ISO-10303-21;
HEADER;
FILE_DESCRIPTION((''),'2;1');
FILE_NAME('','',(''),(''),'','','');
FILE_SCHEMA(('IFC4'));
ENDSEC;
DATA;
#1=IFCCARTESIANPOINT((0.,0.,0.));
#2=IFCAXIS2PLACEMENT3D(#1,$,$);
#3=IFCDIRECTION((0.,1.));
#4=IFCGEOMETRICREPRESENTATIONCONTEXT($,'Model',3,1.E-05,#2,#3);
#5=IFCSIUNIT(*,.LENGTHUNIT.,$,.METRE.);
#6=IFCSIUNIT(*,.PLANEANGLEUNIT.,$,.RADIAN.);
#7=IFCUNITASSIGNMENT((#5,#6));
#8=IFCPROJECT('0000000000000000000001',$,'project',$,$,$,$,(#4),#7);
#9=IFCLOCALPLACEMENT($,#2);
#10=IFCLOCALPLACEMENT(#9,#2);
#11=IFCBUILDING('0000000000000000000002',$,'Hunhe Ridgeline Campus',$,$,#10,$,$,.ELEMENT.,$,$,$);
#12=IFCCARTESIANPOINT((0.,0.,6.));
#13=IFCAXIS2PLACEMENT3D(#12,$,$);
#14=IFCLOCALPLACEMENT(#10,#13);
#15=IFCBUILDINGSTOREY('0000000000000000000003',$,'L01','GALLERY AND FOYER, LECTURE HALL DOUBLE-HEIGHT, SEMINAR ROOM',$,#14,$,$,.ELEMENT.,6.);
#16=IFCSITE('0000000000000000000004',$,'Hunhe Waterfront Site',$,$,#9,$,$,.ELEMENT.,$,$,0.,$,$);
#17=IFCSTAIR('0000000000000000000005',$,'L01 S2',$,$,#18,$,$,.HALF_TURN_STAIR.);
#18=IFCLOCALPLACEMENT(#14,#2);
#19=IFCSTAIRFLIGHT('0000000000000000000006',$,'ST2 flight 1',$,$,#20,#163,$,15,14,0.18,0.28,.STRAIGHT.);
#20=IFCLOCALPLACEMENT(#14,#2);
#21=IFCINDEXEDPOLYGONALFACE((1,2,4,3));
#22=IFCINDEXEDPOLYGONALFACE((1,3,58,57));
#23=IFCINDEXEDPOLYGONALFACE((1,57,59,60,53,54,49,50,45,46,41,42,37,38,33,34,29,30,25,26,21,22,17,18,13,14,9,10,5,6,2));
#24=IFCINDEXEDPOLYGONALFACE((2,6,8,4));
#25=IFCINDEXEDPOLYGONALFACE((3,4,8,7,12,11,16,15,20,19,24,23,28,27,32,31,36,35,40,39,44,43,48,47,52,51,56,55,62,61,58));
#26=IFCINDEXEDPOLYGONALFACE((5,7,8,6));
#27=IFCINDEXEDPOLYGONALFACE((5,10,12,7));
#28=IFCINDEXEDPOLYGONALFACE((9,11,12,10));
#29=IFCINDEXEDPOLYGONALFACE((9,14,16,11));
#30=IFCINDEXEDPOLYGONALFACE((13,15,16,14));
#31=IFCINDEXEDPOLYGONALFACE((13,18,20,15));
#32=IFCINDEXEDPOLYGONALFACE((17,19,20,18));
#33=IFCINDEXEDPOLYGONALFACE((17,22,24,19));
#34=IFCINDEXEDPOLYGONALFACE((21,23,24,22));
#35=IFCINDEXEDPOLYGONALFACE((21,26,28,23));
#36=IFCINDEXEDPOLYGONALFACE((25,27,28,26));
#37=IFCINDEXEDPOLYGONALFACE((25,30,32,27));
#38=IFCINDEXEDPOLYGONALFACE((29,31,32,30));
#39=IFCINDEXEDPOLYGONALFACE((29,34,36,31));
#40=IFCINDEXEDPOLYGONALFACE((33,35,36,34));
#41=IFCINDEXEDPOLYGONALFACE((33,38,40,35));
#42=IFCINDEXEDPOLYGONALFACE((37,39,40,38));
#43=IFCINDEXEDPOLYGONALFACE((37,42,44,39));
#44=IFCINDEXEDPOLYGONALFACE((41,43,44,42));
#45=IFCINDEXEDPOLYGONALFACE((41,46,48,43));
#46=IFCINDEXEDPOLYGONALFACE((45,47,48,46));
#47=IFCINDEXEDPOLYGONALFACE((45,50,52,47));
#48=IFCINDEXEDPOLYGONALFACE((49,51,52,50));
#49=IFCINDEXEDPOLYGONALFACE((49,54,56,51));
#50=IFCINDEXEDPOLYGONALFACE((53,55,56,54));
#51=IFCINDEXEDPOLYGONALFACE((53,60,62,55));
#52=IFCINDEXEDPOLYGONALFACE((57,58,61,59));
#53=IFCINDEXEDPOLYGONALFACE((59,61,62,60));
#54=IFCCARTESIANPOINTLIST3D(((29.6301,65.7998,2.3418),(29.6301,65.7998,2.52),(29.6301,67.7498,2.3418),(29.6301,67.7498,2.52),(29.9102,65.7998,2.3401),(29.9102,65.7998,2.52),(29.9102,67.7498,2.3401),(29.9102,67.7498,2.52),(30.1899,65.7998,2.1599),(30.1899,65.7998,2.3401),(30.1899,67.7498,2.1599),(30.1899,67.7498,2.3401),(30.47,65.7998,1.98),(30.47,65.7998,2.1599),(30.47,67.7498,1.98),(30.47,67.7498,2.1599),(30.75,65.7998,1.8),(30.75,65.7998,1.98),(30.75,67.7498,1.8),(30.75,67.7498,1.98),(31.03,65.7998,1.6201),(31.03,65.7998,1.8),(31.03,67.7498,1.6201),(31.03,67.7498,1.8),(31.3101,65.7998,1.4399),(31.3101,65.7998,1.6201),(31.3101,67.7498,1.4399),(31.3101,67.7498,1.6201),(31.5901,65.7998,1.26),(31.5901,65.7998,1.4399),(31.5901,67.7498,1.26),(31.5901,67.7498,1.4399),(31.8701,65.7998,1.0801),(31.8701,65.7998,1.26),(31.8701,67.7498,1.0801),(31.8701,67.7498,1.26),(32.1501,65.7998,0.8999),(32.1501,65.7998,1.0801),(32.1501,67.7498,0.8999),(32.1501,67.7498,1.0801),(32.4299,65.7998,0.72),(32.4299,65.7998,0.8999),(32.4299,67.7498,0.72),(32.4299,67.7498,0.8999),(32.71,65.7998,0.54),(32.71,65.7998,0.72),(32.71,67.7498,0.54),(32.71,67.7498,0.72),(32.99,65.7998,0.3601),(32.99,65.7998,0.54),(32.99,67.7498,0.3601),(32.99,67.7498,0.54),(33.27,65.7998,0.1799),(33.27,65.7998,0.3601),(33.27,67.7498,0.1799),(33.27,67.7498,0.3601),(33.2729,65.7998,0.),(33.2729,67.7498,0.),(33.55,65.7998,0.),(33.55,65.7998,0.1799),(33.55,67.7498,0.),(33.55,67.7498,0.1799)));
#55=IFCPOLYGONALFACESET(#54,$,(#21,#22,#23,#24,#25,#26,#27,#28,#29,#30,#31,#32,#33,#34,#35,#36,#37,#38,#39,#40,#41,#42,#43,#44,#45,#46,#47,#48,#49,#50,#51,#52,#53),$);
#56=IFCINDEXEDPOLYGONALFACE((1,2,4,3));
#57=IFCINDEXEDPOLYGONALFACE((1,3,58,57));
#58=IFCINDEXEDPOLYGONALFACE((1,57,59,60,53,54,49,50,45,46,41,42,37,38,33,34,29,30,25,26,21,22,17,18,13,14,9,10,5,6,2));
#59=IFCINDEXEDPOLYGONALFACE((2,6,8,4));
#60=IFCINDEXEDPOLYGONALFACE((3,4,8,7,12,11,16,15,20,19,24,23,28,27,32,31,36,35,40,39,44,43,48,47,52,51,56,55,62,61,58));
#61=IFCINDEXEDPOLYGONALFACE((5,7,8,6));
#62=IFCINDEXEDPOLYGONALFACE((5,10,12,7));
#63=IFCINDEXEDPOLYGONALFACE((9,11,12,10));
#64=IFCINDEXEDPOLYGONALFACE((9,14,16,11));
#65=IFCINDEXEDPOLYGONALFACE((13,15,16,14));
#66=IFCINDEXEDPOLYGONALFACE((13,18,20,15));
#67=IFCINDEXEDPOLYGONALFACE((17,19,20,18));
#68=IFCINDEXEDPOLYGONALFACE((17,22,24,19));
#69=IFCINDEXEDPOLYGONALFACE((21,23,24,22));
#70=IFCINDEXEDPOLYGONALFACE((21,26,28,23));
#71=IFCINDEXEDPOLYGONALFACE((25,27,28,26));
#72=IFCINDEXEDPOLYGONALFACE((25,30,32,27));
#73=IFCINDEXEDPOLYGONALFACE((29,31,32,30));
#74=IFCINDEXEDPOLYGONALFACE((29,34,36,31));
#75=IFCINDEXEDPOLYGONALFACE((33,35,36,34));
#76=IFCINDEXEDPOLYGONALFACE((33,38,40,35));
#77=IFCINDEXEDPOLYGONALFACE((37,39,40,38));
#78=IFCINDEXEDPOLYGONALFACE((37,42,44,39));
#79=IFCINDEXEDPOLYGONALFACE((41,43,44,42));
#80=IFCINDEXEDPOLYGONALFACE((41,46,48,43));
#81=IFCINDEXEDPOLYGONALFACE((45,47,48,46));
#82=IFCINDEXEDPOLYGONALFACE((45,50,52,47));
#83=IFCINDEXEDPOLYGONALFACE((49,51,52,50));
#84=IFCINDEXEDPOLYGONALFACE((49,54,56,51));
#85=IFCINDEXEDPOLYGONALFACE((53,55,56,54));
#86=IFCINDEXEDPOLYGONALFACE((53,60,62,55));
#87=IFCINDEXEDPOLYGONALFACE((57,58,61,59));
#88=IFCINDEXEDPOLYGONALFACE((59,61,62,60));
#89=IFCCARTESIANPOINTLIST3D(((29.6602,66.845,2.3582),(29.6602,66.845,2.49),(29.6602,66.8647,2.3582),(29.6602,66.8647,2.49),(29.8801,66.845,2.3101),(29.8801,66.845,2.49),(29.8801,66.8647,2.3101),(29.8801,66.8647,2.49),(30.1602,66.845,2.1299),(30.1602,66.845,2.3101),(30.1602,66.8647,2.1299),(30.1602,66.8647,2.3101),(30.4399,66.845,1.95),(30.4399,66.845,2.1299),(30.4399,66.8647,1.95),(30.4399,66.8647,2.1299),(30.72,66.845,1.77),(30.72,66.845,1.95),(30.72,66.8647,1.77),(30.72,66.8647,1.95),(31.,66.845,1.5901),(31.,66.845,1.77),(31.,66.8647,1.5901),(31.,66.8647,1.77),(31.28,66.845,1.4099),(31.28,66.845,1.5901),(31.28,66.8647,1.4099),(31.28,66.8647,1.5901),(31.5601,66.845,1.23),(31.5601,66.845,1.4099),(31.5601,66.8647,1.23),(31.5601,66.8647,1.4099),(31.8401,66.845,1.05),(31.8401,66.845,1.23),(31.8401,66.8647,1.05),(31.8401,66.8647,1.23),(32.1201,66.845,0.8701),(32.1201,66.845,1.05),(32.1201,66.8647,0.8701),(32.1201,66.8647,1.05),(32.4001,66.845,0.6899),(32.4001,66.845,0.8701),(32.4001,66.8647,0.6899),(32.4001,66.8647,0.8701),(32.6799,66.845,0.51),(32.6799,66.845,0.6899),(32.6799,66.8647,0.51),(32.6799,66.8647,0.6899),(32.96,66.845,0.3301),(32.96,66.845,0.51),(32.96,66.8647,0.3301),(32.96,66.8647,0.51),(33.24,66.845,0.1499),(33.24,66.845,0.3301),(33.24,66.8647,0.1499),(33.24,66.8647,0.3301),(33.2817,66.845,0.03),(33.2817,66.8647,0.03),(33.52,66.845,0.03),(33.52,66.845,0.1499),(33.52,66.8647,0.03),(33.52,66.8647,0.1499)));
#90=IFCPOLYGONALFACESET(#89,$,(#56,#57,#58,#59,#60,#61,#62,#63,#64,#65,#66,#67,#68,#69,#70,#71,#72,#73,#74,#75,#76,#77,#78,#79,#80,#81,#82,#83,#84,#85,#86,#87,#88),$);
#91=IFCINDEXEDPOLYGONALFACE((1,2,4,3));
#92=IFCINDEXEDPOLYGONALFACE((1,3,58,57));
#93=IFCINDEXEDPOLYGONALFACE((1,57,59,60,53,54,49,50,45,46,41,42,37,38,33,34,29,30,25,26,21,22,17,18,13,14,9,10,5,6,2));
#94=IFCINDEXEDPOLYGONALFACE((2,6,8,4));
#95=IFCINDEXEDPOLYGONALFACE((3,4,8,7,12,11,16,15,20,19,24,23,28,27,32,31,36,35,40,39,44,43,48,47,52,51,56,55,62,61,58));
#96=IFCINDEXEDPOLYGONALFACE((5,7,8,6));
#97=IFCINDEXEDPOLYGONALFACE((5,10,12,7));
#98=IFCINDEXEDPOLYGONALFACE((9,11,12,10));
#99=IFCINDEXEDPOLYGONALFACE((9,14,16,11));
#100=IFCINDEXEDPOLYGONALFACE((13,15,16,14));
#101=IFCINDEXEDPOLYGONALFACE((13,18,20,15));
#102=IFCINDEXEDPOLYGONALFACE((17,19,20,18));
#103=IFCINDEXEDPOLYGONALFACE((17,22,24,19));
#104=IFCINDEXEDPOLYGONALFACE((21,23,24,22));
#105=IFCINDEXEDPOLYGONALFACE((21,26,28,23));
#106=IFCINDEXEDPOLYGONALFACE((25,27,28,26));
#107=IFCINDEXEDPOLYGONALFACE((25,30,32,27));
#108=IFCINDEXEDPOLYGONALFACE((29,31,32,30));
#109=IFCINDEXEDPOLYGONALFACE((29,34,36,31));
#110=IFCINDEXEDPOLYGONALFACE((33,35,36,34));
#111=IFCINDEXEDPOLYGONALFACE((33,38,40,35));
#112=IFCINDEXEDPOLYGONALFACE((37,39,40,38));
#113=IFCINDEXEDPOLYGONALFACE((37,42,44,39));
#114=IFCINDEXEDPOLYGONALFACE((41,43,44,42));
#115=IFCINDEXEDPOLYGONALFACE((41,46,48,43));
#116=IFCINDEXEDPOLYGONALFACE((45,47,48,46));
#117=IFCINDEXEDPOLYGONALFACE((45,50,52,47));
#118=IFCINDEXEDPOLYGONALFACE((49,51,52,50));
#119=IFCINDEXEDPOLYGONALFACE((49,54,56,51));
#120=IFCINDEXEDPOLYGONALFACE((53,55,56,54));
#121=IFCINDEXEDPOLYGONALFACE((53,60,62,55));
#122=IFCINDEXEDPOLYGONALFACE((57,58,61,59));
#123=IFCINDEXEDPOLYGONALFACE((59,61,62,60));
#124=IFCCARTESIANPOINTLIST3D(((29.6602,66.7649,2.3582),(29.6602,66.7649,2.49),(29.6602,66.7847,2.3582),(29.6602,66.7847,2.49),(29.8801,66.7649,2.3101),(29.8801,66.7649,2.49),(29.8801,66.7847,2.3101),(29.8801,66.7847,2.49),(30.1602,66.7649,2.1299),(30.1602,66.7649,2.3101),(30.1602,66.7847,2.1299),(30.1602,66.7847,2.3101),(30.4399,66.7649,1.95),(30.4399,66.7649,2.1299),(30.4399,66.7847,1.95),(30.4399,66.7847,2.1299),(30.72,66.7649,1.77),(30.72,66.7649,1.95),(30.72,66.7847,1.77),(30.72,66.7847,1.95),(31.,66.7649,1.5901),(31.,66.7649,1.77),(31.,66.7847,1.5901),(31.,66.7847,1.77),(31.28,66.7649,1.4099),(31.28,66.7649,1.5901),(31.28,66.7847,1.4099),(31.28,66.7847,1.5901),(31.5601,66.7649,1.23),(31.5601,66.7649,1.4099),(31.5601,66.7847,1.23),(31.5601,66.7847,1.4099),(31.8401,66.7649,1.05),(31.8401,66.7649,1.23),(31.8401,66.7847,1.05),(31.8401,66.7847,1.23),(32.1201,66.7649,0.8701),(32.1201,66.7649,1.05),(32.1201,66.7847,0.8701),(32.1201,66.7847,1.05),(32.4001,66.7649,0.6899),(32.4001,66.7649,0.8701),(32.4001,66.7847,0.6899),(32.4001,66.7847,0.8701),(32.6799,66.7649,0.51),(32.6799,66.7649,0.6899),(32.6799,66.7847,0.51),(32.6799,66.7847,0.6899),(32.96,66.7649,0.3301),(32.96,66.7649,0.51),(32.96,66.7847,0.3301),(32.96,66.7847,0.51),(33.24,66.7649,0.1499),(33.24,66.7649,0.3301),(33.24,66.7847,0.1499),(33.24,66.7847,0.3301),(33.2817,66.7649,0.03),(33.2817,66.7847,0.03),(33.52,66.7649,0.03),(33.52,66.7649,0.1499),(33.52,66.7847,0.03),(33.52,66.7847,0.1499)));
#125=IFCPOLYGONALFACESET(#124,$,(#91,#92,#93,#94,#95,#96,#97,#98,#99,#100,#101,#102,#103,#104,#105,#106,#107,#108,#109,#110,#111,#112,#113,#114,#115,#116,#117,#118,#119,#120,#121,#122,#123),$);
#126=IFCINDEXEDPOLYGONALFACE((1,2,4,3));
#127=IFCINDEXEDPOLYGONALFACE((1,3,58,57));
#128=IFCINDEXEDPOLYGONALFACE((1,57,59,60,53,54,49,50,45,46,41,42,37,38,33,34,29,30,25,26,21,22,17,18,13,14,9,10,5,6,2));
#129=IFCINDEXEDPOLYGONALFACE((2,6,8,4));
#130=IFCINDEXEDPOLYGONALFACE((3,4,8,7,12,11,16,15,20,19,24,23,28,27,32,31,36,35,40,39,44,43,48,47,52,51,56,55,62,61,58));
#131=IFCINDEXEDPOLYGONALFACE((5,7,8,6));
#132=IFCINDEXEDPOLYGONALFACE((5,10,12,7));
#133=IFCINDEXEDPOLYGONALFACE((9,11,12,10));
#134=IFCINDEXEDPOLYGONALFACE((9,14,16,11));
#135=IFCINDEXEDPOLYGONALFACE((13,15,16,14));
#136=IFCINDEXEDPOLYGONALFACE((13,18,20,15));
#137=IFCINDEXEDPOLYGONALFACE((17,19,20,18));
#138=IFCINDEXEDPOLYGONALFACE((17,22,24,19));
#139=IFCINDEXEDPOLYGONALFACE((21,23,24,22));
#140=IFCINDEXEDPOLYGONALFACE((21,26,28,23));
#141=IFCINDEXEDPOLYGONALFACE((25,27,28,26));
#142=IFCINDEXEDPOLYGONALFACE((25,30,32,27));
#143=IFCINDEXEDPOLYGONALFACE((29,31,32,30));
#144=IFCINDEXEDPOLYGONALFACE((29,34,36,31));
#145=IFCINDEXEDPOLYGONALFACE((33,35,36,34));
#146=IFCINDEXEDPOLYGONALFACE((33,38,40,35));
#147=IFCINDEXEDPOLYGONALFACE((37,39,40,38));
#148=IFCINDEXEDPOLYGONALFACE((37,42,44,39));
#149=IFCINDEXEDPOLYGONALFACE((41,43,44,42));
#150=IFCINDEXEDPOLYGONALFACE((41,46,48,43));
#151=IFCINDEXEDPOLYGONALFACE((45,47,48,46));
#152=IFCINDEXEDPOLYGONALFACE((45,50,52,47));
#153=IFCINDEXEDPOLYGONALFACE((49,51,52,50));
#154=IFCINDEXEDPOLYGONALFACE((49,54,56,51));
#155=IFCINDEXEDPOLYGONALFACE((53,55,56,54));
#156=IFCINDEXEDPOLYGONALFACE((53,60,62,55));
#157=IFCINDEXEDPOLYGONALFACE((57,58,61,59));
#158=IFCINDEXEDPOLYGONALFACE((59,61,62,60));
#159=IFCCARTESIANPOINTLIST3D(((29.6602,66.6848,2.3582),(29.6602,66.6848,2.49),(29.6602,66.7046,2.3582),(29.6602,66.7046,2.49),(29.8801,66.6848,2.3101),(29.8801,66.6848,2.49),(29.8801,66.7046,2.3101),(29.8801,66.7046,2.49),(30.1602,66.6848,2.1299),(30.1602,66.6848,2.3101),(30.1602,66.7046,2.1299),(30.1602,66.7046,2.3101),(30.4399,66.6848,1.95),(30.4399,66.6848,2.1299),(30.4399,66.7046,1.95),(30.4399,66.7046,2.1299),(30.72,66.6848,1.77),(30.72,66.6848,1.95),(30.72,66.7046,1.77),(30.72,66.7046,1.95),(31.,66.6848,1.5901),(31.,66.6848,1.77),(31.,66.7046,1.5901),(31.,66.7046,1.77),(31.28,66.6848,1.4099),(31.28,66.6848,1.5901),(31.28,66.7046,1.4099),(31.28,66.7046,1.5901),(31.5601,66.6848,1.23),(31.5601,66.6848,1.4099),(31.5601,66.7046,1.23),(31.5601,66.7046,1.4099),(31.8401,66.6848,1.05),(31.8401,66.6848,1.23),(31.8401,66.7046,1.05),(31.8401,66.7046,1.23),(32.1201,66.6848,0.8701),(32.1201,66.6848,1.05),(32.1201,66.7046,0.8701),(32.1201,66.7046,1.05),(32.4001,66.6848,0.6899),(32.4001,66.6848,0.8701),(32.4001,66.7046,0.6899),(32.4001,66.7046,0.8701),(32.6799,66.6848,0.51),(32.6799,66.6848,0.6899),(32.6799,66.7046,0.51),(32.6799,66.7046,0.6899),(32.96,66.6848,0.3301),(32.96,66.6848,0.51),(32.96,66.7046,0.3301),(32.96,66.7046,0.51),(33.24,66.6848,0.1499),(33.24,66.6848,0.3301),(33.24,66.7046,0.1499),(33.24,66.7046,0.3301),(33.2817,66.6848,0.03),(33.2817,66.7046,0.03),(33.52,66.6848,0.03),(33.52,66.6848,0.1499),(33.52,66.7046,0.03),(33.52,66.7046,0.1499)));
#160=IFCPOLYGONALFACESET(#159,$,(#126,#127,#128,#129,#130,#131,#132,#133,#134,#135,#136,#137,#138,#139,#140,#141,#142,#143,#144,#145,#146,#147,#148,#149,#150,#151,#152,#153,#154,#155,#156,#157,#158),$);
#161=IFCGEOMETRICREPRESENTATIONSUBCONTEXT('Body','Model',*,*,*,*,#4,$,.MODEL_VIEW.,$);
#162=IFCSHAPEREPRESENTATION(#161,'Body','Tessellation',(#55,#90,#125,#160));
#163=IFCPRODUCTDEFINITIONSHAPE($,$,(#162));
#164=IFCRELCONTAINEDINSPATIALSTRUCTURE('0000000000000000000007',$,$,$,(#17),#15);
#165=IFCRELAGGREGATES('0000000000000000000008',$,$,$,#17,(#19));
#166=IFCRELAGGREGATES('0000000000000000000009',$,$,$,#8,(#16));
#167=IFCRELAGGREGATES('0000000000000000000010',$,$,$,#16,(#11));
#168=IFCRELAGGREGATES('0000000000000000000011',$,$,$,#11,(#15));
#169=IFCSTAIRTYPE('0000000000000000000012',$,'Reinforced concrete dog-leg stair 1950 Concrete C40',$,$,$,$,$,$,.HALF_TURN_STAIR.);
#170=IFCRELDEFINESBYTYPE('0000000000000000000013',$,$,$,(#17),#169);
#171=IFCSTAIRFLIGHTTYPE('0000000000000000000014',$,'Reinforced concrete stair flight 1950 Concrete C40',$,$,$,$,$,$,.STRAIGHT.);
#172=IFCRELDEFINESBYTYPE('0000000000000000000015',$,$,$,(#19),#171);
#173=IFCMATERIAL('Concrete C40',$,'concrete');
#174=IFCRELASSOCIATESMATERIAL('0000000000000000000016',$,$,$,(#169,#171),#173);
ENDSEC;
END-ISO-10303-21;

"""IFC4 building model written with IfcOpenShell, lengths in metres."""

from ifc_helpers import new_model, si_unit, direction, frame, origin, place, context, subcontext, project, spatial, polyline, outline, extrude, material, type_object, element, aggregate, save


model = new_model("IFC4")

# Units and contexts
model_context = context("Model", 3, precision=1e-05, world=origin(), true_north=direction((0.0, 1.0)))
body_context = subcontext(model_context, "Body", "Model", "MODEL_VIEW")
ifc_project = project(units=[si_unit("LENGTHUNIT", "METRE"), si_unit("PLANEANGLEUNIT", "RADIAN")], contexts=[model_context])

# Site, building, storey
site_placement = place(None, origin())
site = spatial("IfcSite", under=ifc_project, at=site_placement, Name="Hunhe Waterfront Site", CompositionType="ELEMENT", RefElevation=0.0)
building_placement = place(site_placement, origin())
building = spatial("IfcBuilding", under=site, at=building_placement, Name="Hunhe Ridgeline Campus", CompositionType="ELEMENT")
storey_placement = place(building_placement, frame((0.0, 0.0, 6.0)))
storey = spatial("IfcBuildingStorey", under=building, at=storey_placement, Name="L01", Description="GALLERY AND FOYER, LECTURE HALL DOUBLE-HEIGHT, SEMINAR ROOM", CompositionType="ELEMENT", Elevation=6.0)

# Stair, stair flight
ifc_material_1 = material(Name="Concrete C40", Category="concrete")
stair_type = type_object("IfcStairType", Name="Reinforced concrete dog-leg stair 1950 Concrete C40", PredefinedType="HALF_TURN_STAIR", material=ifc_material_1)
stair_placement = place(storey_placement, origin())
stair = element("IfcStair", 1, at=stair_placement, inside=storey, type_object=stair_type, Name="L01 S2", PredefinedType="HALF_TURN_STAIR")
stair_flight_type = type_object("IfcStairFlightType", Name="Reinforced concrete stair flight 1950 Concrete C40", PredefinedType="STRAIGHT", material=ifc_material_1)
stair_flight_1_placement = place(storey_placement, frame((33.55, 66.7749, 0.0), z_axis=(0.0, 0.0, 1.0), x_axis=(-1.0, 0.0, 0.0)))
stair_flight_1 = element("IfcStairFlight", 2, at=stair_flight_1_placement, type_object=stair_flight_type, Name="ST2 flight 1", NumberOfRisers=15, NumberOfTreads=14, PredefinedType="STRAIGHT", RiserHeight=0.18, TreadLength=0.28, context=body_context, shape_type="SweptSolid", body=[
    extrude(outline(polyline([(0.0, 0.0), (0.0, 0.1799), (0.28, 0.1799), (0.28, 0.3601), (0.5601, 0.3601), (0.5601, 0.54), (0.8401, 0.54), (0.8401, 0.72), (1.1201, 0.72), (1.1201, 0.8999), (1.3999, 0.8999), (1.3999, 1.0801), (1.6799, 1.0801), (1.6799, 1.26), (1.96, 1.26), (1.96, 1.4399), (2.24, 1.4399), (2.24, 1.6201), (2.52, 1.6201), (2.52, 1.8), (2.8, 1.8), (2.8, 1.98), (3.0801, 1.98), (3.0801, 2.1599), (3.3601, 2.1599), (3.3601, 2.3401), (3.6399, 2.3401), (3.6399, 2.52), (3.9199, 2.52), (3.9199, 2.7), (3.9199, 2.3418), (0.2771, 0.0), (0.0, 0.0)])), frame((0.0, 0.9751, 0.0), z_axis=(0.0, -1.0, 0.0), x_axis=(1.0, 0.0, 0.0)), (0.0, 0.0, 1.0), 1.95),
    extrude(outline(polyline([(0.03, 0.03), (0.03, 0.1499), (0.3101, 0.1499), (0.3101, 0.3301), (0.5901, 0.3301), (0.5901, 0.51), (0.8701, 0.51), (0.8701, 0.6899), (1.1499, 0.6899), (1.1499, 0.8701), (1.4299, 0.8701), (1.4299, 1.05), (1.71, 1.05), (1.71, 1.23), (1.99, 1.23), (1.99, 1.4099), (2.27, 1.4099), (2.27, 1.5901), (2.55, 1.5901), (2.55, 1.77), (2.8301, 1.77), (2.8301, 1.95), (3.1101, 1.95), (3.1101, 2.1299), (3.3899, 2.1299), (3.3899, 2.3101), (3.6699, 2.3101), (3.6699, 2.49), (3.8899, 2.49), (3.8899, 2.3582), (0.2683, 0.03), (0.03, 0.03)])), frame((0.0, -0.0701, 0.0), z_axis=(0.0, -1.0, 0.0), x_axis=(1.0, 0.0, 0.0)), (0.0, 0.0, 1.0), 0.0198),
    extrude(outline(polyline([(0.03, 0.03), (0.03, 0.1499), (0.3101, 0.1499), (0.3101, 0.3301), (0.5901, 0.3301), (0.5901, 0.51), (0.8701, 0.51), (0.8701, 0.6899), (1.1499, 0.6899), (1.1499, 0.8701), (1.4299, 0.8701), (1.4299, 1.05), (1.71, 1.05), (1.71, 1.23), (1.99, 1.23), (1.99, 1.4099), (2.27, 1.4099), (2.27, 1.5901), (2.55, 1.5901), (2.55, 1.77), (2.8301, 1.77), (2.8301, 1.95), (3.1101, 1.95), (3.1101, 2.1299), (3.3899, 2.1299), (3.3899, 2.3101), (3.6699, 2.3101), (3.6699, 2.49), (3.8899, 2.49), (3.8899, 2.3582), (0.2683, 0.03), (0.03, 0.03)])), frame((0.0, 0.01, 0.0), z_axis=(0.0, -1.0, 0.0), x_axis=(1.0, 0.0, 0.0)), (0.0, 0.0, 1.0), 0.0198),
    extrude(outline(polyline([(0.03, 0.03), (0.03, 0.1499), (0.3101, 0.1499), (0.3101, 0.3301), (0.5901, 0.3301), (0.5901, 0.51), (0.8701, 0.51), (0.8701, 0.6899), (1.1499, 0.6899), (1.1499, 0.8701), (1.4299, 0.8701), (1.4299, 1.05), (1.71, 1.05), (1.71, 1.23), (1.99, 1.23), (1.99, 1.4099), (2.27, 1.4099), (2.27, 1.5901), (2.55, 1.5901), (2.55, 1.77), (2.8301, 1.77), (2.8301, 1.95), (3.1101, 1.95), (3.1101, 2.1299), (3.3899, 2.1299), (3.3899, 2.3101), (3.6699, 2.3101), (3.6699, 2.49), (3.8899, 2.49), (3.8899, 2.3582), (0.2683, 0.03), (0.03, 0.03)])), frame((0.0, 0.0901, 0.0), z_axis=(0.0, -1.0, 0.0), x_axis=(1.0, 0.0, 0.0)), (0.0, 0.0, 1.0), 0.0198),
])
aggregate(stair, [stair_flight_1])

save(model, "model.ifc")
